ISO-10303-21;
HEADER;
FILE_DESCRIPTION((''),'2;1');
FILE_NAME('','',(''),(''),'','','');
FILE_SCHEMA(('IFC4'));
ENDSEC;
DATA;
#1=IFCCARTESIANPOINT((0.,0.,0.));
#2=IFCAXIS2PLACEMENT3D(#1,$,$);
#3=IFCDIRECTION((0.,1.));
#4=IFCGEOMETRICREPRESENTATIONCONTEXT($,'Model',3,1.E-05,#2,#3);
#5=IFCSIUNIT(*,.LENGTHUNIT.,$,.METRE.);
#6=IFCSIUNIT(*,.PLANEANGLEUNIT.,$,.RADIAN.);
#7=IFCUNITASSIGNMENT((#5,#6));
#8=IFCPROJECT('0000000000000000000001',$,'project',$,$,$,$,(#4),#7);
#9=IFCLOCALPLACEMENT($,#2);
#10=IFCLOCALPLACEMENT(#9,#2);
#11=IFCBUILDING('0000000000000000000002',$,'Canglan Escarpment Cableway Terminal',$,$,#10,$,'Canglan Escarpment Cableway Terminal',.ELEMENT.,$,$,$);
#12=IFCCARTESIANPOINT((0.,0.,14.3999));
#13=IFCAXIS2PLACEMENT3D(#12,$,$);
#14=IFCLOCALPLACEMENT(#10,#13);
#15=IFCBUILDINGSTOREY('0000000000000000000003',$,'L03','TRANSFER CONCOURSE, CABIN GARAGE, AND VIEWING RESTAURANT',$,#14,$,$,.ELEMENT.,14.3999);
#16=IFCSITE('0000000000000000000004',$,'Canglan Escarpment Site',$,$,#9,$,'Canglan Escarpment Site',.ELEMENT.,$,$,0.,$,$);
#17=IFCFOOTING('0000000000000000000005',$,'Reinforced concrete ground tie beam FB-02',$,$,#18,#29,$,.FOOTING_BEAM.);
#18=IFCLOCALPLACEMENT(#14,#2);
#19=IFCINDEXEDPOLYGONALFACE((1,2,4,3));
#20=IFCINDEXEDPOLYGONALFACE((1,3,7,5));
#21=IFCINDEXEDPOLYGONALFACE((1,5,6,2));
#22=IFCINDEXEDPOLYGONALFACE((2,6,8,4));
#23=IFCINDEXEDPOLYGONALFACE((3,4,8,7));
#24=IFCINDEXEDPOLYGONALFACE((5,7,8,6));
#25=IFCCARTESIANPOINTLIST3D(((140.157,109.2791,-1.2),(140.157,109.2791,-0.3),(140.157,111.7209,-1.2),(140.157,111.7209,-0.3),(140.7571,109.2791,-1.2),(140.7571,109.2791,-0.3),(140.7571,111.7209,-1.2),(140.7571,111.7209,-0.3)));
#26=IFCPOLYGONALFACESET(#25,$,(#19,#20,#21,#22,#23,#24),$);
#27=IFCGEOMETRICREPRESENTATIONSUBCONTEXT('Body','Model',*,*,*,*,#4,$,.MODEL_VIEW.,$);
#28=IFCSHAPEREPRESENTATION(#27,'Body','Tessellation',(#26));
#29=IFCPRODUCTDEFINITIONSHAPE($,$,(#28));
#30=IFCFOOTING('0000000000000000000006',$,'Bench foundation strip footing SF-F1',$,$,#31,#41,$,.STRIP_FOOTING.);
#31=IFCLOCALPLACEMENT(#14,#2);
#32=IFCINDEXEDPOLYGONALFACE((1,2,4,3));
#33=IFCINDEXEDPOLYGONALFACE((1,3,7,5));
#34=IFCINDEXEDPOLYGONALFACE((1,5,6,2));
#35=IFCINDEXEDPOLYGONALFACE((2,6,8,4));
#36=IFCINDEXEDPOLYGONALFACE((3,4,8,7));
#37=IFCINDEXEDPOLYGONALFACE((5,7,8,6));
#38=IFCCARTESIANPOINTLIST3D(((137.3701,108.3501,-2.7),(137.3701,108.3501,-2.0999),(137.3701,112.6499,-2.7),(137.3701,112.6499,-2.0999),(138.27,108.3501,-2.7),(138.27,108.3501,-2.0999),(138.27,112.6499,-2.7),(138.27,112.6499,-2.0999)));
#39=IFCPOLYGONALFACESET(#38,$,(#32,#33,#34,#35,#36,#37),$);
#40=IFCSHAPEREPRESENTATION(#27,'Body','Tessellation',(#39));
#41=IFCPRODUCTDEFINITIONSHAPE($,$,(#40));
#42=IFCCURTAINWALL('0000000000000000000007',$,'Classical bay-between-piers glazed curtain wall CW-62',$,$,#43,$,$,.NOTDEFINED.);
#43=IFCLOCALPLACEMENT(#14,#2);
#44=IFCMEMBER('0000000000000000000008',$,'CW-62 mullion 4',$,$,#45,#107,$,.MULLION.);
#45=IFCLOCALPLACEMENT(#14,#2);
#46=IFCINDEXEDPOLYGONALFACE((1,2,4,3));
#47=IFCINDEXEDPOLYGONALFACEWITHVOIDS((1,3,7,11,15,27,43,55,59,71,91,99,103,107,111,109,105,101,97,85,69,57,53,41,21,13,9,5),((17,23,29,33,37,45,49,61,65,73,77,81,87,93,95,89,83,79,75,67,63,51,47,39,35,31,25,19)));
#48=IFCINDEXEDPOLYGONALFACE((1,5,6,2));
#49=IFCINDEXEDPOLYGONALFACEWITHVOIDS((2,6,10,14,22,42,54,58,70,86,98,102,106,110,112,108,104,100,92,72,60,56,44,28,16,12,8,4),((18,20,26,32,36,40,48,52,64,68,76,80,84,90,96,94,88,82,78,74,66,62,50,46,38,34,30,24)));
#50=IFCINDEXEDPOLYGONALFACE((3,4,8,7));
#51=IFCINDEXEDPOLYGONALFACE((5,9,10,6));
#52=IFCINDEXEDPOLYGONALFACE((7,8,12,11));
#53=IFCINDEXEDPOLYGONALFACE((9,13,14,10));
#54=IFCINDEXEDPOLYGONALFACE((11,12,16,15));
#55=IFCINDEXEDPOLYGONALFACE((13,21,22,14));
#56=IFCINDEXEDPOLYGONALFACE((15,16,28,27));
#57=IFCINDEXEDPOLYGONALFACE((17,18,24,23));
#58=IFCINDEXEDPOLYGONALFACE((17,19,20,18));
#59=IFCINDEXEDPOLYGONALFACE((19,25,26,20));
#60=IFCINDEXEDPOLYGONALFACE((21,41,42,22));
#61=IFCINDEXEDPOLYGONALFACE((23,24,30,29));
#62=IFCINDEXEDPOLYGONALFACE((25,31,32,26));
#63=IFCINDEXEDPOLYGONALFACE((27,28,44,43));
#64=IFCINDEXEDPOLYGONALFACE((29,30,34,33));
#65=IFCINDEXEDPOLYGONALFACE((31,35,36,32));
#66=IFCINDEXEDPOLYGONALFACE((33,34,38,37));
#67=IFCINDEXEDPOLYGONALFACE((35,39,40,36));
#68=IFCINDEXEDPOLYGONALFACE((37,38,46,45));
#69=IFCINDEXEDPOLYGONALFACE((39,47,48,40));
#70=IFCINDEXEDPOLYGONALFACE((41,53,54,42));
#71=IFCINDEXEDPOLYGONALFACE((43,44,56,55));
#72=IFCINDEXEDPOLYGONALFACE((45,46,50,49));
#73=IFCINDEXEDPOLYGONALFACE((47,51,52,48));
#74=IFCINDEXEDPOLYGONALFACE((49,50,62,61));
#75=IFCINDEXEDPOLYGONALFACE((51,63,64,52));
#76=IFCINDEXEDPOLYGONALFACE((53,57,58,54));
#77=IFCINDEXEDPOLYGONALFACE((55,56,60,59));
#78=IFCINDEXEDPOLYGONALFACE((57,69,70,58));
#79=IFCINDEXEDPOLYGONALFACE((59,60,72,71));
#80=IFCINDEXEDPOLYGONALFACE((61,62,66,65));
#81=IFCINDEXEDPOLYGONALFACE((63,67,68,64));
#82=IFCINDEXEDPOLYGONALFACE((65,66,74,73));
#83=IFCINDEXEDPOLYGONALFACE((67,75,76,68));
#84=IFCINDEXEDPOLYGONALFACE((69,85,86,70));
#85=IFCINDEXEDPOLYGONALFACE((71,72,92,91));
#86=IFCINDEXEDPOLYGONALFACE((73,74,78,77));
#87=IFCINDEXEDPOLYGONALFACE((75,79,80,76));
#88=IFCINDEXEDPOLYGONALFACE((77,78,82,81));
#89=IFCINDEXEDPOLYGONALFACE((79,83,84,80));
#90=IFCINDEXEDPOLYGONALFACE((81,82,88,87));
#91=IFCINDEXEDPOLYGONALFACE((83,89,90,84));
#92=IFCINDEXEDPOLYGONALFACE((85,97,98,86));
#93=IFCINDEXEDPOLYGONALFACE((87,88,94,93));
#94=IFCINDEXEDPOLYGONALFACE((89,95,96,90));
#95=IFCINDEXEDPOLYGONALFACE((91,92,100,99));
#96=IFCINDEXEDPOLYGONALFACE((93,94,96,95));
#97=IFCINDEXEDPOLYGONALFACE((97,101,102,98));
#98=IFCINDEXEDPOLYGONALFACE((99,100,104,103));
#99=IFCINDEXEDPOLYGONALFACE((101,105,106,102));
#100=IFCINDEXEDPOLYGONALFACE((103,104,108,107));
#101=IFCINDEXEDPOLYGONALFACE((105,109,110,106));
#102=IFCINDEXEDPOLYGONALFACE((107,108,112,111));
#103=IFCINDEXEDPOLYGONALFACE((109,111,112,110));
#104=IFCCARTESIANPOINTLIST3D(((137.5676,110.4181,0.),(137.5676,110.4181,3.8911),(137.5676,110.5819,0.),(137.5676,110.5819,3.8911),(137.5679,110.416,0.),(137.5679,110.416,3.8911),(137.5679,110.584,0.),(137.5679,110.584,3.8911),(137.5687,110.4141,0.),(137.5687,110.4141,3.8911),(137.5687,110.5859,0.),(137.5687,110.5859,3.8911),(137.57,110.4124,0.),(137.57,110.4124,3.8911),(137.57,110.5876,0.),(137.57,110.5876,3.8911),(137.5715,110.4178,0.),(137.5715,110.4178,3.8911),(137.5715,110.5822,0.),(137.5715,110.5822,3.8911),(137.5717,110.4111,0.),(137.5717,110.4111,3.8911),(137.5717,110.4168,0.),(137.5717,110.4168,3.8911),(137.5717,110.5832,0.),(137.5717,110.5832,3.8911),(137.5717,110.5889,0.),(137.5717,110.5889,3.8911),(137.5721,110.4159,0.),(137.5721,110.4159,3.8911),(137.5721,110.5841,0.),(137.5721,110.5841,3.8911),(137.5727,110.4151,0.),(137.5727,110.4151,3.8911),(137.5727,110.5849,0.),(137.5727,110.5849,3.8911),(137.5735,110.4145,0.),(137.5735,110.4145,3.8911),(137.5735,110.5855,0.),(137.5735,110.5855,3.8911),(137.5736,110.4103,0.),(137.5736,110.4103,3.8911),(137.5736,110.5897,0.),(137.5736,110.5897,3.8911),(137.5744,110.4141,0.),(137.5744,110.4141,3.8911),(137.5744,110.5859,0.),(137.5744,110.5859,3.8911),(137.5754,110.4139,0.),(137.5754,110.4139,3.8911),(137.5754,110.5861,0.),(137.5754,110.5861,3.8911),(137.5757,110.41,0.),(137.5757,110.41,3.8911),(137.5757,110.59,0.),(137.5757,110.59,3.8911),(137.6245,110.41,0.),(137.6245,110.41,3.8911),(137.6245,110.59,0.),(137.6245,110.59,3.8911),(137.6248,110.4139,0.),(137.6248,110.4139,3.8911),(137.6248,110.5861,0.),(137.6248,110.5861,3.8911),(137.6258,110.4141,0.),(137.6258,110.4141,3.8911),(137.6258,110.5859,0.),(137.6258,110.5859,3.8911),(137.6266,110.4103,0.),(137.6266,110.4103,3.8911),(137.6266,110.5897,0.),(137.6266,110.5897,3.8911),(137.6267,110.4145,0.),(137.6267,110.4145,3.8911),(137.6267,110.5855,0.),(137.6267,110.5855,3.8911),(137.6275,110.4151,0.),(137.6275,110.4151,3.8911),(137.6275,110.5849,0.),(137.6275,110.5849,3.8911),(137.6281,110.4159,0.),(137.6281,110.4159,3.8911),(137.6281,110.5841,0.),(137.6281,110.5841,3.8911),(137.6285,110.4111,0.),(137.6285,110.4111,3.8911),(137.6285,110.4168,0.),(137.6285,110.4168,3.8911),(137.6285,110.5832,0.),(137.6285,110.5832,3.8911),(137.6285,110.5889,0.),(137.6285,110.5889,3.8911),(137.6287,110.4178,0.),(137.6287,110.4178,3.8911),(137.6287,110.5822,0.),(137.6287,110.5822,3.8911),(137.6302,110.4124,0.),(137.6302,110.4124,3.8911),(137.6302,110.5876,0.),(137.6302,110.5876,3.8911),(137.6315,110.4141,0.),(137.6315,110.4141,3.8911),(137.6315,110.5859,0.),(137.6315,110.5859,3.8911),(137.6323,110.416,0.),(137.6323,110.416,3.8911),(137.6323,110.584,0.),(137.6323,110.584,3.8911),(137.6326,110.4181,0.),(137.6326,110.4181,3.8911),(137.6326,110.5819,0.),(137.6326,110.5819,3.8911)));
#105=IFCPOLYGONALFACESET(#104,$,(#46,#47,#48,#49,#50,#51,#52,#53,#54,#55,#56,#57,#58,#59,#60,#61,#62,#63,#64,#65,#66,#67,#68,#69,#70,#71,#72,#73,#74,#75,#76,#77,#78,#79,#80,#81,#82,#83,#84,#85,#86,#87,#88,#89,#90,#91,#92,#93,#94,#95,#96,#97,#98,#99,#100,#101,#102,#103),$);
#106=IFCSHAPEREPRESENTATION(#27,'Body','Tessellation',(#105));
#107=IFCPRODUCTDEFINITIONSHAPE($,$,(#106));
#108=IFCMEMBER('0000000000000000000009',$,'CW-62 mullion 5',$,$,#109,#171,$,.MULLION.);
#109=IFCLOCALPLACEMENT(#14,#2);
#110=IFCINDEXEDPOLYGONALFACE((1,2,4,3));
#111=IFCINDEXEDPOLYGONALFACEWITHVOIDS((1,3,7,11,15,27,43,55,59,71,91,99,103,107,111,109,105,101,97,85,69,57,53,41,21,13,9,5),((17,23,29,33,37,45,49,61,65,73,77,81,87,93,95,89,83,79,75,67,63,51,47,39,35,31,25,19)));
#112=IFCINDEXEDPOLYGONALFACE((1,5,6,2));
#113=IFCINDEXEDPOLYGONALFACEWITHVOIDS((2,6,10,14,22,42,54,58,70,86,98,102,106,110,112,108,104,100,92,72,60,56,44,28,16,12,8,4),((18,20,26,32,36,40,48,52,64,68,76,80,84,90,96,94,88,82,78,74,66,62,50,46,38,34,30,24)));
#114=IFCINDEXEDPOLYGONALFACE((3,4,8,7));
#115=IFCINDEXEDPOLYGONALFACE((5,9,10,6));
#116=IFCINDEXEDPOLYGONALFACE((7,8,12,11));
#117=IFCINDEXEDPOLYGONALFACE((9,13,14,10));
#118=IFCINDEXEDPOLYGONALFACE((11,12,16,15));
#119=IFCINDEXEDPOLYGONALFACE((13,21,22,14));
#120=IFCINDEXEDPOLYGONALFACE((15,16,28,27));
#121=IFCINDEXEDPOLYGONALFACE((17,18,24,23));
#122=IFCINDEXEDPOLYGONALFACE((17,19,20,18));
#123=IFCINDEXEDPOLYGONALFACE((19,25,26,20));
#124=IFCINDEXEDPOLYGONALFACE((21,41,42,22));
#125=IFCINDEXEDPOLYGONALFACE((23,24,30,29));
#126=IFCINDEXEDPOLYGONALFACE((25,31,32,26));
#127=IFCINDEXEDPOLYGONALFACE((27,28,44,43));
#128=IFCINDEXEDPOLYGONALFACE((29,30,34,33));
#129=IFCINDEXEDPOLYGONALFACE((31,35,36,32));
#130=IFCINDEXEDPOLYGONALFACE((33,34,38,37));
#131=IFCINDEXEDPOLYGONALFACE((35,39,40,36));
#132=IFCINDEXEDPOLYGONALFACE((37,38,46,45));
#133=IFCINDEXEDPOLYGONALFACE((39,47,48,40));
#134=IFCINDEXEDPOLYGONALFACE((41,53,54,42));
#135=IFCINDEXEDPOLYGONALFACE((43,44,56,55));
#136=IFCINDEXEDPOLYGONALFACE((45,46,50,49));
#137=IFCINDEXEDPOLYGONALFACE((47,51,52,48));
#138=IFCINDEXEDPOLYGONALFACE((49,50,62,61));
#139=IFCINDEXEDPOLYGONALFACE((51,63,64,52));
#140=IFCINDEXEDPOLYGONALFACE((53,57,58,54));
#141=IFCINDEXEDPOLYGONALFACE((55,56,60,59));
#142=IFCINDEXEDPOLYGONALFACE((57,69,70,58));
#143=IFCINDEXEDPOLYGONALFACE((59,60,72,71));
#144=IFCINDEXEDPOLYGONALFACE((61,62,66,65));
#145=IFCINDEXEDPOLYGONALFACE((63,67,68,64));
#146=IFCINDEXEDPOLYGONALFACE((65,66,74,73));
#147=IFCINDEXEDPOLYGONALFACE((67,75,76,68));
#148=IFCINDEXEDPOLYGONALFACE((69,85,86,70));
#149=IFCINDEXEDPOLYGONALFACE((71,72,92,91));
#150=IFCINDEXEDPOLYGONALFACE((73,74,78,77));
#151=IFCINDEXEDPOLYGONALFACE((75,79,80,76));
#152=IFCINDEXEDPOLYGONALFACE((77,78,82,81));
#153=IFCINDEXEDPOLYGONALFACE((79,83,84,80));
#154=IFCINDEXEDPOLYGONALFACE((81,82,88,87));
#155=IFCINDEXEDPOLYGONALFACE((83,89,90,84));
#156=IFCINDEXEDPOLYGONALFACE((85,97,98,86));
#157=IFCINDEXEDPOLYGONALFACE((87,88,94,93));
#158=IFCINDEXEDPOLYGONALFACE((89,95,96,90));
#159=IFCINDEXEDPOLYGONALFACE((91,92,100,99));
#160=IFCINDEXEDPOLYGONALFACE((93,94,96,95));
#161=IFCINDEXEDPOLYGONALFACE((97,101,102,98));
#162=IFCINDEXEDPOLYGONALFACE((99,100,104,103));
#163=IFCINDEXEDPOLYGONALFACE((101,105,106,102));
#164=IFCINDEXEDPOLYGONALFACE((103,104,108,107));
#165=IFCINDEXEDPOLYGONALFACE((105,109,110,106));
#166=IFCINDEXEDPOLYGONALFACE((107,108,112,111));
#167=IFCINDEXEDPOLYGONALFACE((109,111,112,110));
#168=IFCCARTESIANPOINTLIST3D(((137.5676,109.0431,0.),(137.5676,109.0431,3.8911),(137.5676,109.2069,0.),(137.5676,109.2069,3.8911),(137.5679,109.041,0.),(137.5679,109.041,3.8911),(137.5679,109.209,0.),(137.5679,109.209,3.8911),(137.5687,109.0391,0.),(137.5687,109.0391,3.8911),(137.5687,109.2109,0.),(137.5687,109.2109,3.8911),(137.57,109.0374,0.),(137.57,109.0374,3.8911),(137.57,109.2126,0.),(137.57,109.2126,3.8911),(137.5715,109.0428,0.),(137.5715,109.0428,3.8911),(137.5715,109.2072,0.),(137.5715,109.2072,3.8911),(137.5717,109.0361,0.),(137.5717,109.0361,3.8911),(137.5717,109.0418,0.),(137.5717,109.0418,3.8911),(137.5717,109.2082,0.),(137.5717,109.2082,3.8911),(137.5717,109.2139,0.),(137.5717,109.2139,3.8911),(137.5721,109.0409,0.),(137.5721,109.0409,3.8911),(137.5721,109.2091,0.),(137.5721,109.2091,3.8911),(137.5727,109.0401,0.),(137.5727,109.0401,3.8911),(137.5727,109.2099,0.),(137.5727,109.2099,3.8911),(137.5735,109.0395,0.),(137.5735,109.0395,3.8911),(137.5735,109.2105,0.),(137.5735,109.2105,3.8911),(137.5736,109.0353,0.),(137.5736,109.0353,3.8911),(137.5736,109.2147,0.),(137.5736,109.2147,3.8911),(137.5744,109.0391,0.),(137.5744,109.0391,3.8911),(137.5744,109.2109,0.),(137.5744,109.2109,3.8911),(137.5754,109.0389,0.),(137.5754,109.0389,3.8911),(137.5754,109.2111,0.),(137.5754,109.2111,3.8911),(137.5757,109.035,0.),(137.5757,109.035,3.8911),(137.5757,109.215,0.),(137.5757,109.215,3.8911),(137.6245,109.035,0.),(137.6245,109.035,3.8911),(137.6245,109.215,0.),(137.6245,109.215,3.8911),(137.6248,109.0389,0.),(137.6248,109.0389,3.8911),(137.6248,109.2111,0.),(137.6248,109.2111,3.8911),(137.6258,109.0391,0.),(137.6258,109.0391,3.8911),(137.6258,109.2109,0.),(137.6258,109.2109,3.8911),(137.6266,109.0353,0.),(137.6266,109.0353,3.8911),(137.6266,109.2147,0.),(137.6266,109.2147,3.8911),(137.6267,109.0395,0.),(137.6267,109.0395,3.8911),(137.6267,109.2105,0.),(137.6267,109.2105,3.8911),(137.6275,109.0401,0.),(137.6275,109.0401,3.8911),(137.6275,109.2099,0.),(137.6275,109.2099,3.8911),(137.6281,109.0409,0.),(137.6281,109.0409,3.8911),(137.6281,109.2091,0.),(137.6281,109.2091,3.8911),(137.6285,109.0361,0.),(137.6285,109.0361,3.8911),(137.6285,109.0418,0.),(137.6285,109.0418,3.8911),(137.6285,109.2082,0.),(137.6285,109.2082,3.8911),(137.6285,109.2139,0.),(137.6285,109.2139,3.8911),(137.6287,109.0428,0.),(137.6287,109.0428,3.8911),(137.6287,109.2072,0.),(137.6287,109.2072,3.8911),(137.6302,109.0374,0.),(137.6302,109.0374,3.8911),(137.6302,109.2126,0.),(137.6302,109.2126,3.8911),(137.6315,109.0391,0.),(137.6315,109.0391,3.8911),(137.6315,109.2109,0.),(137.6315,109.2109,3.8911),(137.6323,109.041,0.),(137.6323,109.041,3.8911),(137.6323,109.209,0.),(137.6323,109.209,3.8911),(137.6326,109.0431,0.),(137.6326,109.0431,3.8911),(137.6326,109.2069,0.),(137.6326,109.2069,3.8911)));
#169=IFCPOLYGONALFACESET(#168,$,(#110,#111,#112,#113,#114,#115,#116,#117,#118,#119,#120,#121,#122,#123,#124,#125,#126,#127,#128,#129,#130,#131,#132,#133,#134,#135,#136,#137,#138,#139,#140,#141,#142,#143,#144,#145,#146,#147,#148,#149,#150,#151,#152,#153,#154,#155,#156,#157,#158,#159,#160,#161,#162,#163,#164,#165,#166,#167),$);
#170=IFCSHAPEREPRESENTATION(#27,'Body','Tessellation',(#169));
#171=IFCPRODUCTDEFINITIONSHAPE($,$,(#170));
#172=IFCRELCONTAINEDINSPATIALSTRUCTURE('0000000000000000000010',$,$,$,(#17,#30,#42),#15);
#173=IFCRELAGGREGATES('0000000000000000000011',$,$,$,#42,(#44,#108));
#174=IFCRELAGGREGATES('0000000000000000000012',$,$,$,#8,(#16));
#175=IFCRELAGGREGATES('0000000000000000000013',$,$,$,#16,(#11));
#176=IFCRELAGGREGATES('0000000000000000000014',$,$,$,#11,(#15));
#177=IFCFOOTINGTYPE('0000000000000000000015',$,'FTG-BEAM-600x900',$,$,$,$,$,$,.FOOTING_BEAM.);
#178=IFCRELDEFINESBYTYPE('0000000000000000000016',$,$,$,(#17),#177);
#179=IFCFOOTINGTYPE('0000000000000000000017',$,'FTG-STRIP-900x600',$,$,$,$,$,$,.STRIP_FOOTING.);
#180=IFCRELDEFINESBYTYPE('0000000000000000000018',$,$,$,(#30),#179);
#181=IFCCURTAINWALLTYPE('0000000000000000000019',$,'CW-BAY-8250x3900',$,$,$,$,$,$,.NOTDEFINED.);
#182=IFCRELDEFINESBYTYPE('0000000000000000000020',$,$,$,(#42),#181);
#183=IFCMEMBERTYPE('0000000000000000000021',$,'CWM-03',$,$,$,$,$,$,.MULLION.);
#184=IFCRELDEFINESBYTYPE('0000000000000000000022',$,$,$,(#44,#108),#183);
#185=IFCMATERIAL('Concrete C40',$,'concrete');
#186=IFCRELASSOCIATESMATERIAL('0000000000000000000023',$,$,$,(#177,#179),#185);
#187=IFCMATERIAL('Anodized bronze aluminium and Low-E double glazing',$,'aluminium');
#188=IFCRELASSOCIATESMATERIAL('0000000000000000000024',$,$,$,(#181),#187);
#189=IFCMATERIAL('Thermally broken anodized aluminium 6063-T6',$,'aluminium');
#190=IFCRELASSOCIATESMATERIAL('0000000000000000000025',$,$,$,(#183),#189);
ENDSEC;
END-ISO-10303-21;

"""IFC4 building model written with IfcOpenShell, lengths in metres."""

from ifc_helpers import new_model, si_unit, direction, frame, origin, origin_2d, place, context, subcontext, project, spatial, rectangle, hollow_rectangle, extrude, material, material_profile, profile_set, type_object, element, aggregate, save


model = new_model("IFC4")

# Units and contexts
model_context = context("Model", 3, precision=1e-05, world=origin(), true_north=direction((0.0, 1.0)))
body_context = subcontext(model_context, "Body", "Model", "MODEL_VIEW")
ifc_project = project(units=[si_unit("LENGTHUNIT", "METRE"), si_unit("PLANEANGLEUNIT", "RADIAN")], contexts=[model_context])

# Site, building, storey
site_placement = place(None, origin())
site = spatial("IfcSite", under=ifc_project, at=site_placement, Name="Canglan Escarpment Site", LongName="Canglan Escarpment Site", CompositionType="ELEMENT", RefElevation=0.0)
building_placement = place(site_placement, origin())
building = spatial("IfcBuilding", under=site, at=building_placement, Name="Canglan Escarpment Cableway Terminal", LongName="Canglan Escarpment Cableway Terminal", CompositionType="ELEMENT")
storey_placement = place(building_placement, frame((0.0, 0.0, 14.3999)))
storey = spatial("IfcBuildingStorey", under=building, at=storey_placement, Name="L03", Description="TRANSFER CONCOURSE, CABIN GARAGE, AND VIEWING RESTAURANT", CompositionType="ELEMENT", Elevation=14.3999)

# Footings
ifc_material_1 = material(Name="Concrete C40", Category="concrete")
ifc_material_profile_1 = material_profile(ifc_material_1, rectangle(XDim=0.6001, YDim=0.8999, at=origin_2d()), Name="FB 600x900")
ifc_profile_set_1 = profile_set([ifc_material_profile_1], Name="Concrete C40")
footing_type_1 = type_object("IfcFootingType", Name="FTG-BEAM-600x900", PredefinedType="FOOTING_BEAM", material=ifc_profile_set_1)
footing_1_placement = place(storey_placement, frame((140.457, 109.2791, -0.75), z_axis=(0.0, 1.0, 0.0), x_axis=(-1.0, 0.0, 0.0)))
element("IfcFooting", 1, at=footing_1_placement, inside=storey, type_object=footing_type_1, Name="Reinforced concrete ground tie beam FB-02", PredefinedType="FOOTING_BEAM", context=body_context, shape_type="SweptSolid", body=[
    extrude(rectangle(XDim=0.6001, YDim=0.8999, at=origin_2d()), origin(), (0.0, 0.0, 1.0), 2.4419),
])
ifc_material_profile_2 = material_profile(ifc_material_1, rectangle(XDim=0.8999, YDim=0.6001, at=origin_2d()), Name="SF 900x600")
ifc_profile_set_2 = profile_set([ifc_material_profile_2], Name="Concrete C40")
footing_type_2 = type_object("IfcFootingType", Name="FTG-STRIP-900x600", PredefinedType="STRIP_FOOTING", material=ifc_profile_set_2)
footing_2_placement = place(storey_placement, frame((137.8201, 108.3501, -2.3999), z_axis=(0.0, 1.0, 0.0), x_axis=(-1.0, 0.0, 0.0)))
element("IfcFooting", 2, at=footing_2_placement, inside=storey, type_object=footing_type_2, Name="Bench foundation strip footing SF-F1", PredefinedType="STRIP_FOOTING", context=body_context, shape_type="SweptSolid", body=[
    extrude(rectangle(XDim=0.8999, YDim=0.6001, at=origin_2d()), origin(), (0.0, 0.0, 1.0), 4.2998),
])

# Curtain wall, members
ifc_material_2 = material(Name="Anodized bronze aluminium and Low-E double glazing", Category="aluminium")
curtain_wall_type = type_object("IfcCurtainWallType", Name="CW-BAY-8250x3900", PredefinedType="NOTDEFINED", material=ifc_material_2)
curtain_wall_placement = place(storey_placement, origin())
curtain_wall = element("IfcCurtainWall", 3, at=curtain_wall_placement, inside=storey, type_object=curtain_wall_type, Name="Classical bay-between-piers glazed curtain wall CW-62", PredefinedType="NOTDEFINED")
ifc_material_3 = material(Name="Thermally broken anodized aluminium 6063-T6", Category="aluminium")
ifc_material_profile_3 = material_profile(ifc_material_3, hollow_rectangle(XDim=0.0649, YDim=0.1799, WallThickness=0.0039, InnerFilletRadius=0.0039, OuterFilletRadius=0.0081, at=origin_2d()), Name="ALU-MULL 65x180x4")
ifc_profile_set_3 = profile_set([ifc_material_profile_3], Name="Thermally broken anodized aluminium 6063-T6")
member_type_1 = type_object("IfcMemberType", Name="CWM-03", PredefinedType="MULLION", material=ifc_profile_set_3)
member_1_placement = place(storey_placement, frame((137.6001, 110.5, 0.0), z_axis=(0.0, 0.0, 1.0), x_axis=(1.0, 0.0, 0.0)))
member_1 = element("IfcMember", 4, at=member_1_placement, type_object=member_type_1, Name="CW-62 mullion 4", PredefinedType="MULLION", context=body_context, shape_type="SweptSolid", body=[
    extrude(hollow_rectangle(XDim=0.0649, YDim=0.1799, WallThickness=0.0039, InnerFilletRadius=0.0039, OuterFilletRadius=0.0081, at=origin_2d()), origin(), (0.0, 0.0, 1.0), 3.8911),
])
member_2_placement = place(storey_placement, frame((137.6001, 109.125, 0.0), z_axis=(0.0, 0.0, 1.0), x_axis=(1.0, 0.0, 0.0)))
member_2 = element("IfcMember", 5, at=member_2_placement, type_object=member_type_1, Name="CW-62 mullion 5", PredefinedType="MULLION", context=body_context, shape_type="SweptSolid", body=[
    extrude(hollow_rectangle(XDim=0.0649, YDim=0.1799, WallThickness=0.0039, InnerFilletRadius=0.0039, OuterFilletRadius=0.0081, at=origin_2d()), origin(), (0.0, 0.0, 1.0), 3.8911),
])

aggregate(curtain_wall, [member_1, member_2])

save(model, "model.ifc")
